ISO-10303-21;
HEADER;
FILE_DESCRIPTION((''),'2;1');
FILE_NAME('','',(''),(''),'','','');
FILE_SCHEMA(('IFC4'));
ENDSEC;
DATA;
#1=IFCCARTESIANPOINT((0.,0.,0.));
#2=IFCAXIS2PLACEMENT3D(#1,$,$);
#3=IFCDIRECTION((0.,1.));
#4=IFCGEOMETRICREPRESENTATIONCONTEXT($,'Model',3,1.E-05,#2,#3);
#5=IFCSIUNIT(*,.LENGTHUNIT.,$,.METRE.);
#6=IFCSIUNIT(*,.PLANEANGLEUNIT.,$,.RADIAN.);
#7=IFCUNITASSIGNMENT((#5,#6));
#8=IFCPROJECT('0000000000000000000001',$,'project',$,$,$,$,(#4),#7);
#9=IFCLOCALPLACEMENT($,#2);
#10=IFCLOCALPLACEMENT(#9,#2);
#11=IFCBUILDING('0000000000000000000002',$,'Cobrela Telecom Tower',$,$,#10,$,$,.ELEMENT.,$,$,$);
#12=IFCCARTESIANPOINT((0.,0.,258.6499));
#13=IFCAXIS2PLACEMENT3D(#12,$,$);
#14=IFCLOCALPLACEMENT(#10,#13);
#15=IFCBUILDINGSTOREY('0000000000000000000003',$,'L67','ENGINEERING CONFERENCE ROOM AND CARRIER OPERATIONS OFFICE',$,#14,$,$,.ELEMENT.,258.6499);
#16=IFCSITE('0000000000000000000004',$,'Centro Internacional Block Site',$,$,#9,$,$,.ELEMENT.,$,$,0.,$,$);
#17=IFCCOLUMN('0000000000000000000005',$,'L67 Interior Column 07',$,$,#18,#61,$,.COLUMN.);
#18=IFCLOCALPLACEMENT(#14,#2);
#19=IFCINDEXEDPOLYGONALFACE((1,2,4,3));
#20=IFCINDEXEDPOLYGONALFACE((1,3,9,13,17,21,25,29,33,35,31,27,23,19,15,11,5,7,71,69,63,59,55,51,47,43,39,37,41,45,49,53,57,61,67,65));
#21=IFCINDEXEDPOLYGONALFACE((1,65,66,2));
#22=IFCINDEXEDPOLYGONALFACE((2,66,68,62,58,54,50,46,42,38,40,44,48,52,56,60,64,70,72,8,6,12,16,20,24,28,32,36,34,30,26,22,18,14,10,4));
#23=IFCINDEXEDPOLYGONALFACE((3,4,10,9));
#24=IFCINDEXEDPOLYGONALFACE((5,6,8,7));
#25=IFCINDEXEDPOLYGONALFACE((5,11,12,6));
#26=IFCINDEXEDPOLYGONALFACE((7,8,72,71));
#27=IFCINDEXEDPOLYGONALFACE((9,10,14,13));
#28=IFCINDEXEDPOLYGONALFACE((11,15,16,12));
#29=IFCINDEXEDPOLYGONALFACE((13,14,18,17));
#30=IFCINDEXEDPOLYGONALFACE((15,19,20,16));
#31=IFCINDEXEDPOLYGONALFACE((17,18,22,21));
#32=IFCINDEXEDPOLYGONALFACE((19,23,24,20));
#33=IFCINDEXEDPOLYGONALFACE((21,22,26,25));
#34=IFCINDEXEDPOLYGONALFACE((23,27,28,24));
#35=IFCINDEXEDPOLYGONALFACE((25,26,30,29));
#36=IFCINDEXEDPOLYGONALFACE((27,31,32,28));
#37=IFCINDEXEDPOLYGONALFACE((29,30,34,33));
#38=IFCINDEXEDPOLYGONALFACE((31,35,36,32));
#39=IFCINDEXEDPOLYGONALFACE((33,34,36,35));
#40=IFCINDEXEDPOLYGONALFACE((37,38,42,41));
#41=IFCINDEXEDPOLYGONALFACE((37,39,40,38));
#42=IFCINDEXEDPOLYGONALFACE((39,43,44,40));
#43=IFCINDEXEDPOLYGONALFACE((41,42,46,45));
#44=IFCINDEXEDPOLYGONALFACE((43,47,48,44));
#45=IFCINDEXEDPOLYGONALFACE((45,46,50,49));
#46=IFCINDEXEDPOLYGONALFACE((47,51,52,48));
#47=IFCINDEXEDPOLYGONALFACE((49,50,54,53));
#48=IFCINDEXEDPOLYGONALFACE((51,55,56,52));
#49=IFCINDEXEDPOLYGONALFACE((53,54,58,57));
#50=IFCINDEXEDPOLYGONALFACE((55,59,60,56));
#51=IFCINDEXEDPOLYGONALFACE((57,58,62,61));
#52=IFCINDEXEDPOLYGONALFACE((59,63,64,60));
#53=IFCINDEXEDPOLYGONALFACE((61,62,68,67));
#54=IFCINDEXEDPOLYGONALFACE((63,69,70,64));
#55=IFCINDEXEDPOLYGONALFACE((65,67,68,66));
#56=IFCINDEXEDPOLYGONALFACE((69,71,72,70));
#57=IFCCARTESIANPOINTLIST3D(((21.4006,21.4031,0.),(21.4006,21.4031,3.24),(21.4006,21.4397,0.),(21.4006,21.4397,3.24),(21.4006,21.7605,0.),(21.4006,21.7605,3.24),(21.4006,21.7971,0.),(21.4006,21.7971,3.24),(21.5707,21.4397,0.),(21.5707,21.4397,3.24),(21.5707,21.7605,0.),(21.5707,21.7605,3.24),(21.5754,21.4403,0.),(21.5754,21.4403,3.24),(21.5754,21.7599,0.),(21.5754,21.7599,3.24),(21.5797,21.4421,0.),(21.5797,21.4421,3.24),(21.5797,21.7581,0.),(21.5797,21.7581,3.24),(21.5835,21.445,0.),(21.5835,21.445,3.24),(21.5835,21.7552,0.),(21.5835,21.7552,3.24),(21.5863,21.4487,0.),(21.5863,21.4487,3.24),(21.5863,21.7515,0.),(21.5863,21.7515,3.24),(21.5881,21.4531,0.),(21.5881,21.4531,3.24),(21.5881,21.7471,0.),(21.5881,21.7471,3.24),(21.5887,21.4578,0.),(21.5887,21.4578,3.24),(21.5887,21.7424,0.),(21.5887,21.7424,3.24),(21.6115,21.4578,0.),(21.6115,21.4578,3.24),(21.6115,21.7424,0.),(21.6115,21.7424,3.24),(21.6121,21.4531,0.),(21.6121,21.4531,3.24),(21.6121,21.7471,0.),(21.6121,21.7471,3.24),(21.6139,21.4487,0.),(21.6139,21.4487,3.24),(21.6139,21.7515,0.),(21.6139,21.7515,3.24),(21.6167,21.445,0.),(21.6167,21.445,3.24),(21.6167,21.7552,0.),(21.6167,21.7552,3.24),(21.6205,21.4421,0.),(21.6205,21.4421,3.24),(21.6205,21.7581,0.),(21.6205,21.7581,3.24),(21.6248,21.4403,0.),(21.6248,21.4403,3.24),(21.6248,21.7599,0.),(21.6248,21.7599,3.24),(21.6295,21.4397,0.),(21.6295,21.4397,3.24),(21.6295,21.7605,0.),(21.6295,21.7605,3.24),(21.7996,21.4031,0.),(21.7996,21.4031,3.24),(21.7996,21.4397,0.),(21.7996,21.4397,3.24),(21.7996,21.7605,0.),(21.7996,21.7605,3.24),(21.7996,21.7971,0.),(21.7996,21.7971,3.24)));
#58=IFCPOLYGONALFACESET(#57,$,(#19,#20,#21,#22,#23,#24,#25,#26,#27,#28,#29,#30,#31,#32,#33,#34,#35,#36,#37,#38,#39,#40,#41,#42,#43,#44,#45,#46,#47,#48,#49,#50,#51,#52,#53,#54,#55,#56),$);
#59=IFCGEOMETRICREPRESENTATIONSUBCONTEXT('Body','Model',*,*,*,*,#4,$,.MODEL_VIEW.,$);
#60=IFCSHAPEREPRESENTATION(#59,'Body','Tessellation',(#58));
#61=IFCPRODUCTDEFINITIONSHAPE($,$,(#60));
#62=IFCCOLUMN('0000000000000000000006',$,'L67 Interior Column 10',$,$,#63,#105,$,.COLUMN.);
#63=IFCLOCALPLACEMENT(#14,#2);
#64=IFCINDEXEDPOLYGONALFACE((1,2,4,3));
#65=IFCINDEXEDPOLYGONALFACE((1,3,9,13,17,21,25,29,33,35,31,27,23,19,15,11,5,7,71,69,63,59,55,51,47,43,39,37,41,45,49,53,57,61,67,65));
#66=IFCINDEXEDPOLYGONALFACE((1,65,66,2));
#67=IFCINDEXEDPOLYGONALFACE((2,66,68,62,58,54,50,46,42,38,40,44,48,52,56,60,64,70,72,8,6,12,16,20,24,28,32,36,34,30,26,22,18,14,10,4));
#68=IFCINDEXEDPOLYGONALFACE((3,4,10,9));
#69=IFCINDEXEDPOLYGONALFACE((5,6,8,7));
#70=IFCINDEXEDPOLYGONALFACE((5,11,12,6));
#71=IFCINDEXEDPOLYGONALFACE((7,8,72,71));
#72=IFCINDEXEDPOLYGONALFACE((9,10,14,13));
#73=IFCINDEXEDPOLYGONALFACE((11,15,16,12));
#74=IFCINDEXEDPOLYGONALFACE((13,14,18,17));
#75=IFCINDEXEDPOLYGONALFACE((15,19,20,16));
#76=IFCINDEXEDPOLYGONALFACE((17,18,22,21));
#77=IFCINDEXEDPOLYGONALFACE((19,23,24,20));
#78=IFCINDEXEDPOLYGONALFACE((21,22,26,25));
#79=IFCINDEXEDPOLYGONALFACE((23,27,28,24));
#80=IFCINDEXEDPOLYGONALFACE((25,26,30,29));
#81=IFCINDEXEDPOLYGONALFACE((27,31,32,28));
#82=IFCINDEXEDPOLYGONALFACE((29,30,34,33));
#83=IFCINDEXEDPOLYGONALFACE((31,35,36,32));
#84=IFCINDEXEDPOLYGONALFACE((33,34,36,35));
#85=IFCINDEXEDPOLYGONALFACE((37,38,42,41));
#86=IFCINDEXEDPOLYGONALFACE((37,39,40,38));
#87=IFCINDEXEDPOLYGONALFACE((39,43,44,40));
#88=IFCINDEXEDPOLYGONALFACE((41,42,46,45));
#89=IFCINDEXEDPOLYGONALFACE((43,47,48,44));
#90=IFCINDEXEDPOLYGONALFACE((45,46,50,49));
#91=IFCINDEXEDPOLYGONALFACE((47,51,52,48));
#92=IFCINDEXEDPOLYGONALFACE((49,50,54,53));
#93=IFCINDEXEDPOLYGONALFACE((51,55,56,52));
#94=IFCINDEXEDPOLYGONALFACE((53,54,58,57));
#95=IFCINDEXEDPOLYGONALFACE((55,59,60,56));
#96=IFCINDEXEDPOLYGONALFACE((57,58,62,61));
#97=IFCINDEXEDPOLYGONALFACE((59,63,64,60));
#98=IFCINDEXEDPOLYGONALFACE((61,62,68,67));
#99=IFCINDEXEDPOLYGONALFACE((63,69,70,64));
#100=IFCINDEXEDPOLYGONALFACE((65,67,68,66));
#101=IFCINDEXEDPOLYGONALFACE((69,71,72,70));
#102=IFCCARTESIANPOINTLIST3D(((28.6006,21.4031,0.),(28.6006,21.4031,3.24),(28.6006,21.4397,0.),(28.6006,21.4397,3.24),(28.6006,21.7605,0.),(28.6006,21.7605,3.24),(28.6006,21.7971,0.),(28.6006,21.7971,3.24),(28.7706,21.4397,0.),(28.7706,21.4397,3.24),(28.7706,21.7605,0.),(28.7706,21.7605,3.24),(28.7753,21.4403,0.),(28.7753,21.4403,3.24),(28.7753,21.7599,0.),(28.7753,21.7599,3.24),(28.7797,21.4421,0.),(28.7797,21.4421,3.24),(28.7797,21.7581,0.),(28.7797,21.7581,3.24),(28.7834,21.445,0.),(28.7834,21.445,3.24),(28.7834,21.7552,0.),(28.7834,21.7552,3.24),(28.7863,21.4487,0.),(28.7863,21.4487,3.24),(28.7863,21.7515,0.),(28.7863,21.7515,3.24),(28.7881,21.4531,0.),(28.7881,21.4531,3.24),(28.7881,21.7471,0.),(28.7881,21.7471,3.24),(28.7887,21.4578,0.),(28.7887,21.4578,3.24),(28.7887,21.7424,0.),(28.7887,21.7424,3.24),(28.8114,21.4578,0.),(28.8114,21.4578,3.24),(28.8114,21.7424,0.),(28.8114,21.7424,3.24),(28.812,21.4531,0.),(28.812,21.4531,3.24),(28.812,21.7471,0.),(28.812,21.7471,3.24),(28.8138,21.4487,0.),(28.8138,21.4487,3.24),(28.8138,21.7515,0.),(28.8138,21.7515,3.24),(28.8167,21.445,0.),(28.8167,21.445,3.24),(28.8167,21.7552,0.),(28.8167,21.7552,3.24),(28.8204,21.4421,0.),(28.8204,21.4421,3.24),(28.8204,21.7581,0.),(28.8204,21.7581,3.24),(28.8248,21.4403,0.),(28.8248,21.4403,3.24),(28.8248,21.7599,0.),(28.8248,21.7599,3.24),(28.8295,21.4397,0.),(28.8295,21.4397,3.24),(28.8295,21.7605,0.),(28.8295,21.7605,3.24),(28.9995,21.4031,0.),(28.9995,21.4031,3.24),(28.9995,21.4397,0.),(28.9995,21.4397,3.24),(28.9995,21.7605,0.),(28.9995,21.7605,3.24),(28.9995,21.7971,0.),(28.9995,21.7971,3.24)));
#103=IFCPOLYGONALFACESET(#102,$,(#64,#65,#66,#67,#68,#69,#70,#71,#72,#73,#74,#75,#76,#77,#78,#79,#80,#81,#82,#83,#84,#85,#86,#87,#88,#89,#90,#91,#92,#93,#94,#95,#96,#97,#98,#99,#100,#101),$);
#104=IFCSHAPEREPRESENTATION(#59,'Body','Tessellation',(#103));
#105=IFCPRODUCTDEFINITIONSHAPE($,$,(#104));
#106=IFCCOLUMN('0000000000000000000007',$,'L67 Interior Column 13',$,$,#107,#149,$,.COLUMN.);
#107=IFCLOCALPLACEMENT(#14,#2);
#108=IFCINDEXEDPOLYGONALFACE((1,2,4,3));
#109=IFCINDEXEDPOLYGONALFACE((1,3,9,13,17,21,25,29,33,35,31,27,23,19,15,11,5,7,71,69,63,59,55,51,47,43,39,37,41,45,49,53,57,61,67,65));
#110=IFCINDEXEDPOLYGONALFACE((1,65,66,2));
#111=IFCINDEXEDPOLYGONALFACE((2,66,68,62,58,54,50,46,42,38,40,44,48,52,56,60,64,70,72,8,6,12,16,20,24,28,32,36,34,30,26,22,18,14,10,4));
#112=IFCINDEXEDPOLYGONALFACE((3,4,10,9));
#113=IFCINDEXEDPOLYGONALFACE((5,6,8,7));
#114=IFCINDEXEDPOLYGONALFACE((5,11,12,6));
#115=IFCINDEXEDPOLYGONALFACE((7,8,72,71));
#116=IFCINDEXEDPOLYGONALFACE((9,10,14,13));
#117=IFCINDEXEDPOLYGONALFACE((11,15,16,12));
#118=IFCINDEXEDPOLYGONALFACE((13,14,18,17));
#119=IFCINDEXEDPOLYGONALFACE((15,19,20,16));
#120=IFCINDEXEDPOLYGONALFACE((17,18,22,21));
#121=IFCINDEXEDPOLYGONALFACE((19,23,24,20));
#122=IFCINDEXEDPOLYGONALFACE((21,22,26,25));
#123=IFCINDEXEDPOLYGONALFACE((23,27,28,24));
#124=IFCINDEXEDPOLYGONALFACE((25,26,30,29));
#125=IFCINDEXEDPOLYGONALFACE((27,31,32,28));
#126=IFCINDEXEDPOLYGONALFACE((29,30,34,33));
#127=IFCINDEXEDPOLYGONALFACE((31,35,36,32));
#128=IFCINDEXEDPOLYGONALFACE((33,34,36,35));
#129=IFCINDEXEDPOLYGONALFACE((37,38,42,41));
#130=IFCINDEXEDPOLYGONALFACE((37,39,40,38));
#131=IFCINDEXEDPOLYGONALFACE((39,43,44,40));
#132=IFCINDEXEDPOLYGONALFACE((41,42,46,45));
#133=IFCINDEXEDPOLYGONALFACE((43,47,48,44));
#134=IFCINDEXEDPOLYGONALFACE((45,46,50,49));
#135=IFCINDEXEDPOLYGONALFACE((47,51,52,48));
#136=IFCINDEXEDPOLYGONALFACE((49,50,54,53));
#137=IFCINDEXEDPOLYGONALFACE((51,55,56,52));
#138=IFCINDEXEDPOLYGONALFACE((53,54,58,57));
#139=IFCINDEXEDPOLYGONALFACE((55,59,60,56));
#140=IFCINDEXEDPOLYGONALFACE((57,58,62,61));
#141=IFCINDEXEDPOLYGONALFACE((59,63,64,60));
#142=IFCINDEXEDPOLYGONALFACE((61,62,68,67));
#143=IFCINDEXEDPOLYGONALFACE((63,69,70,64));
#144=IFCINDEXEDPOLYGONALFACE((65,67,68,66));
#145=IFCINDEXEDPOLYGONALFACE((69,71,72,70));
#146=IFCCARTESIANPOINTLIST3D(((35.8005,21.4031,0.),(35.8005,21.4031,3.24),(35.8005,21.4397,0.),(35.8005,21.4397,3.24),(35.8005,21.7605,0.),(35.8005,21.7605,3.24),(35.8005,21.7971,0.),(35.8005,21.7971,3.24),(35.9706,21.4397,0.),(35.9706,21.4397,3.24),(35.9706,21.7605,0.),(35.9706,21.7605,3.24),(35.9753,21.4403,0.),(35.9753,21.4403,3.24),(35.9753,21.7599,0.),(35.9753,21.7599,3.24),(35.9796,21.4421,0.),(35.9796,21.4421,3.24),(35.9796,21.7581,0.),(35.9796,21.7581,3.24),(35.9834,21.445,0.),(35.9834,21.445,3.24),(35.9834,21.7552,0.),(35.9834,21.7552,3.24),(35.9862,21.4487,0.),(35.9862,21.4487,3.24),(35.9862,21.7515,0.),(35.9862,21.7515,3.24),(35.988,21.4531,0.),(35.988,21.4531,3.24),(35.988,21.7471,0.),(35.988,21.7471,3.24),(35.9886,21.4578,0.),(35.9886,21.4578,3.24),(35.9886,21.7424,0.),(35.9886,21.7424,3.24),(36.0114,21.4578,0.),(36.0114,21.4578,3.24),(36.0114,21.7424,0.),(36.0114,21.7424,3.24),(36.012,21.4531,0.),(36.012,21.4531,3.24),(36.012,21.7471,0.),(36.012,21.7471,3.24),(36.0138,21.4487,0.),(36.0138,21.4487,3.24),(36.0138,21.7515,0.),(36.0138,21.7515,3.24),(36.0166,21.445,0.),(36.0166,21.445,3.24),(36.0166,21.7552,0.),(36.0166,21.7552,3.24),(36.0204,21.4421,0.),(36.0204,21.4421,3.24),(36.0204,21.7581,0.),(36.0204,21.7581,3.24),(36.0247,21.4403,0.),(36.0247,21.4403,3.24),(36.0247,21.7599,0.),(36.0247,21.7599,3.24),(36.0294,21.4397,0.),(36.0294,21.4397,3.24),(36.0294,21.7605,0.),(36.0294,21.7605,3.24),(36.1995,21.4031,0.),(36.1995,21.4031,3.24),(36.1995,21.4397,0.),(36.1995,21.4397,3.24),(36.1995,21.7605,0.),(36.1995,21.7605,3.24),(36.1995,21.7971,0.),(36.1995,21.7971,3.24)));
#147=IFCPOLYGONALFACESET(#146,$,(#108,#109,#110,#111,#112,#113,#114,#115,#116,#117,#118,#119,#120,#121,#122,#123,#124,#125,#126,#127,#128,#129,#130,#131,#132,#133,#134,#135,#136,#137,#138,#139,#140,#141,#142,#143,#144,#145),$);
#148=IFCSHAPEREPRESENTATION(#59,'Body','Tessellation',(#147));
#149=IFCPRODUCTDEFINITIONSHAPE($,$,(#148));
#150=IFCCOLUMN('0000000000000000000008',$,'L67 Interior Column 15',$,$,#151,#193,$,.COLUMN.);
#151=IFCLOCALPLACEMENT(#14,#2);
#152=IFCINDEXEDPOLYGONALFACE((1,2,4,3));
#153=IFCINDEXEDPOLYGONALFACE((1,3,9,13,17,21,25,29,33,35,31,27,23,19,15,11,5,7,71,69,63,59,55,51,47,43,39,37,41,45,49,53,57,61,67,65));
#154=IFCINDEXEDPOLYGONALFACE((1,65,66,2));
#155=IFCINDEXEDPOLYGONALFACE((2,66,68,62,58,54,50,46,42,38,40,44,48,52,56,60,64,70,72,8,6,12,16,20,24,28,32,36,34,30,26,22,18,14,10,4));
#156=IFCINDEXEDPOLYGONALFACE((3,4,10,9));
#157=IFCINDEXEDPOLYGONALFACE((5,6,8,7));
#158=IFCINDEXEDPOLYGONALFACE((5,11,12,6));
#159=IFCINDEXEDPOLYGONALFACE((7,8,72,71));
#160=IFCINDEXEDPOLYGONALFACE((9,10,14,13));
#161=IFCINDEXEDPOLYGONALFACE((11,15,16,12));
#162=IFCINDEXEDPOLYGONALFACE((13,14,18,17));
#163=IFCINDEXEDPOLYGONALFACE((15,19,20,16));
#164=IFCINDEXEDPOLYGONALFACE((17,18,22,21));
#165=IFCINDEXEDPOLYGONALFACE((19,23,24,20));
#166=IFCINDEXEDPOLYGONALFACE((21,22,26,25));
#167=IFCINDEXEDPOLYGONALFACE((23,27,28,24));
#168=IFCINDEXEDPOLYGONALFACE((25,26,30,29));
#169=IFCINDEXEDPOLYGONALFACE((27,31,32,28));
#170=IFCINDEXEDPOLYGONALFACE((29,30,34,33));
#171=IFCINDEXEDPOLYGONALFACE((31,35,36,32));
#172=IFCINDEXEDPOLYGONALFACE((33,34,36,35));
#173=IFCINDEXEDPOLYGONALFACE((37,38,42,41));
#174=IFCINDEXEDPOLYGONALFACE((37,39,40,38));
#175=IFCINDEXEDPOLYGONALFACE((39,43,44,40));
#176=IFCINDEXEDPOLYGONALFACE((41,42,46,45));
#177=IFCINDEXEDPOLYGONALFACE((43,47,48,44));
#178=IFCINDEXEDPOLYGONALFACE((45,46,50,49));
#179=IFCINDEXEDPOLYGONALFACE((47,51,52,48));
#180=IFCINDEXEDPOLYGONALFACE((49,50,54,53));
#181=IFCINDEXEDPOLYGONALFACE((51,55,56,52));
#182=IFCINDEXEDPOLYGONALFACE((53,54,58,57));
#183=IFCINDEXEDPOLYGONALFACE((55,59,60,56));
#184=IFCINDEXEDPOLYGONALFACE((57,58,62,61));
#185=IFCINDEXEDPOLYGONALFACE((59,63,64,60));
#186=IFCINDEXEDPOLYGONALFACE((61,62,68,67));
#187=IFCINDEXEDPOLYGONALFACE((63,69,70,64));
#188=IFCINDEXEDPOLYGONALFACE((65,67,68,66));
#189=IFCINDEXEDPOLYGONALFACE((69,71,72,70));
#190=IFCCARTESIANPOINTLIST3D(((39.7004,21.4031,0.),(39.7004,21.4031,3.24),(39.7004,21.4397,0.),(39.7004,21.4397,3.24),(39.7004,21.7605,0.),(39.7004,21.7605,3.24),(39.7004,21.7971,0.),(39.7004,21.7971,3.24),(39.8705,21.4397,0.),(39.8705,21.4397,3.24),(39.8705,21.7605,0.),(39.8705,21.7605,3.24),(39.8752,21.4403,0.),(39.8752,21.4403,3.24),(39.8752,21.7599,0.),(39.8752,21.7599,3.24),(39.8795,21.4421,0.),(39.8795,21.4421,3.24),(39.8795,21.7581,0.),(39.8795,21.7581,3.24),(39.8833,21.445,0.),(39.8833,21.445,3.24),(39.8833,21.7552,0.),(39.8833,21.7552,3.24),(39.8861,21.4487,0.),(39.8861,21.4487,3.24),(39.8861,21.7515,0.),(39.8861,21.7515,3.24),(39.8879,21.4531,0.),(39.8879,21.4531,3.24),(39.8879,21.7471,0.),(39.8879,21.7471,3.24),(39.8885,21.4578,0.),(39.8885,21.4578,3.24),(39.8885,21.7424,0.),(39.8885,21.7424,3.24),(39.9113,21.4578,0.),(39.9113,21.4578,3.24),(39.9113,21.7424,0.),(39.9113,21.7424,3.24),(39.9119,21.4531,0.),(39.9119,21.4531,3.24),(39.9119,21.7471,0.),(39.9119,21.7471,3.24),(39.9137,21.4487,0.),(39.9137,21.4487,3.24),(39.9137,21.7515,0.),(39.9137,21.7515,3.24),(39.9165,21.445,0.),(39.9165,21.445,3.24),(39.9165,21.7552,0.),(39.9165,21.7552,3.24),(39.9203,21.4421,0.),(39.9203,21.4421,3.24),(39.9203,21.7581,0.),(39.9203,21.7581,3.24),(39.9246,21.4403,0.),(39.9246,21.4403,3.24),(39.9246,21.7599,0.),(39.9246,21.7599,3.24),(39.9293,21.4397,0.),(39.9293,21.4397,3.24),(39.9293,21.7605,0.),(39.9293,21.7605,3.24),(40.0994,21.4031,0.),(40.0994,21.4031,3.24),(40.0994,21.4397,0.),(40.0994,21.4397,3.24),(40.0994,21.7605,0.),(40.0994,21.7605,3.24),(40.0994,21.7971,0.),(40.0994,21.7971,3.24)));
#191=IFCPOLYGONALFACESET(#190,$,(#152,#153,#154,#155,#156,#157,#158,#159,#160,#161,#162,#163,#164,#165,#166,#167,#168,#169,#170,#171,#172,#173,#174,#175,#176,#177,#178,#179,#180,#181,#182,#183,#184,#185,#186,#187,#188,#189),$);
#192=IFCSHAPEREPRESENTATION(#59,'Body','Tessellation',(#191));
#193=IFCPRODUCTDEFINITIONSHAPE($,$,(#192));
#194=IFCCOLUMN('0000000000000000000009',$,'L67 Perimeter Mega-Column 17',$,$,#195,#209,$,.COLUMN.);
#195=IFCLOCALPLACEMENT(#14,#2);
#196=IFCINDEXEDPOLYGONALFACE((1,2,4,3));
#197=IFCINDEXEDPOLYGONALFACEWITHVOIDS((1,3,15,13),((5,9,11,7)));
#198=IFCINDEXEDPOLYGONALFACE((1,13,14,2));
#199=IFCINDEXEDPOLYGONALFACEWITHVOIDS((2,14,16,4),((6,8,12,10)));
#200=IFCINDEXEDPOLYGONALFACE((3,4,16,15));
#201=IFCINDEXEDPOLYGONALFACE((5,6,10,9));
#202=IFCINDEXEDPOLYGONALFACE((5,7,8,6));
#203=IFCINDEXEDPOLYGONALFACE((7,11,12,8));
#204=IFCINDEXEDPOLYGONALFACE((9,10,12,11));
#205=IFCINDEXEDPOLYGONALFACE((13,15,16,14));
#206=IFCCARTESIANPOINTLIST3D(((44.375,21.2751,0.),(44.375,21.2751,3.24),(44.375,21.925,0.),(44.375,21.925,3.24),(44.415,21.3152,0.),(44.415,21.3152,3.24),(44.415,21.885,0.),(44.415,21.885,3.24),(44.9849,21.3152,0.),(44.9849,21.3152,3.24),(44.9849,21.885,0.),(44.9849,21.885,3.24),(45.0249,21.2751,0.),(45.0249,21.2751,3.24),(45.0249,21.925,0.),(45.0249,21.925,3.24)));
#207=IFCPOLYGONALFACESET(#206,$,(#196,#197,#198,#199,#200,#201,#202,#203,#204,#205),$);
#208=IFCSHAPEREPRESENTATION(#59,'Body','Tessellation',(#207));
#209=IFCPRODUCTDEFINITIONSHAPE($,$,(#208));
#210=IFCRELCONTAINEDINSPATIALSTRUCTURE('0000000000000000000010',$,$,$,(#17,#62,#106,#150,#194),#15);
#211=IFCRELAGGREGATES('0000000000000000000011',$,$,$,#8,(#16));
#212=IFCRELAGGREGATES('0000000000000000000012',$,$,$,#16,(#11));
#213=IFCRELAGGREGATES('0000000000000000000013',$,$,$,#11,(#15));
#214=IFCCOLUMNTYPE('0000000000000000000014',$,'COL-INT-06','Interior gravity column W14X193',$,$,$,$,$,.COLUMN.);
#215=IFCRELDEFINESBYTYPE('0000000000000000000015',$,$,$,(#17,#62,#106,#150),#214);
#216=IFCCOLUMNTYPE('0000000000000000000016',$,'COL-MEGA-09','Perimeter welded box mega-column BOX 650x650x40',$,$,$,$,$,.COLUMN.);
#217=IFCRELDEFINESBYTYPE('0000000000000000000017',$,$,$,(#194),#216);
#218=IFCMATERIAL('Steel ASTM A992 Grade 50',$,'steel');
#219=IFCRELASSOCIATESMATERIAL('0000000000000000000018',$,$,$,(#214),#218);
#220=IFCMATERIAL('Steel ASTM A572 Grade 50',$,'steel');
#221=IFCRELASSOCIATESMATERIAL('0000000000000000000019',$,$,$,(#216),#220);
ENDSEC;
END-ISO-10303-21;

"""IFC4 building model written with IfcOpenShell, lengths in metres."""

from ifc_helpers import new_model, si_unit, direction, frame, origin, origin_2d, place, context, subcontext, project, spatial, hollow_rectangle, i_section, extrude, material, material_profile, profile_set, type_object, element, save


model = new_model("IFC4")

# Units and contexts
model_context = context("Model", 3, precision=1e-05, world=origin(), true_north=direction((0.0, 1.0)))
body_context = subcontext(model_context, "Body", "Model", "MODEL_VIEW")
ifc_project = project(units=[si_unit("LENGTHUNIT", "METRE"), si_unit("PLANEANGLEUNIT", "RADIAN")], contexts=[model_context])

# Site, building, storey
site_placement = place(None, origin())
site = spatial("IfcSite", under=ifc_project, at=site_placement, Name="Centro Internacional Block Site", CompositionType="ELEMENT", RefElevation=0.0)
building_placement = place(site_placement, origin())
building = spatial("IfcBuilding", under=site, at=building_placement, Name="Cobrela Telecom Tower", CompositionType="ELEMENT")
storey_placement = place(building_placement, frame((0.0, 0.0, 258.6499)))
storey = spatial("IfcBuildingStorey", under=building, at=storey_placement, Name="L67", Description="ENGINEERING CONFERENCE ROOM AND CARRIER OPERATIONS OFFICE", CompositionType="ELEMENT", Elevation=258.6499)

# Columns
ifc_material_1 = material(Name="Steel ASTM A992 Grade 50", Category="steel")
ifc_material_profile_1 = material_profile(ifc_material_1, i_section(OverallWidth=0.3989, OverallDepth=0.394, WebThickness=0.0227, FlangeThickness=0.0366, FilletRadius=0.0181, at=origin_2d()), Name="W14X193")
ifc_profile_set_1 = profile_set([ifc_material_profile_1], Name="Steel ASTM A992 Grade 50")
column_type_1 = type_object("IfcColumnType", Name="COL-INT-06", Description="Interior gravity column W14X193", PredefinedType="COLUMN", material=ifc_profile_set_1)
for number, where, z_axis, x_axis, name in (
    (1, (21.6001, 21.6001, 0.0), (0.0, 0.0, 1.0), (1.0, 0.0, 0.0), "L67 Interior Column 07"),
    (2, (28.8, 21.6001, 0.0), (0.0, 0.0, 1.0), (1.0, 0.0, 0.0), "L67 Interior Column 10"),
    (3, (36.0, 21.6001, 0.0), (0.0, 0.0, 1.0), (1.0, 0.0, 0.0), "L67 Interior Column 13"),
    (4, (39.8999, 21.6001, 0.0), (0.0, 0.0, 1.0), (1.0, 0.0, 0.0), "L67 Interior Column 15"),
):
    element("IfcColumn", number, at=place(storey_placement, frame(where, z_axis=z_axis, x_axis=x_axis)), inside=storey, type_object=column_type_1, Name=name, PredefinedType="COLUMN", context=body_context, shape_type="SweptSolid", body=[
        extrude(i_section(OverallWidth=0.3989, OverallDepth=0.394, WebThickness=0.0227, FlangeThickness=0.0366, FilletRadius=0.0181, at=origin_2d()), origin(), (0.0, 0.0, 1.0), 3.24),
    ])
ifc_material_2 = material(Name="Steel ASTM A572 Grade 50", Category="steel")
ifc_material_profile_2 = material_profile(ifc_material_2, hollow_rectangle(XDim=0.6499, YDim=0.6499, WallThickness=0.04, at=origin_2d()), Name="BOX 650x650x40")
ifc_profile_set_2 = profile_set([ifc_material_profile_2], Name="Steel ASTM A572 Grade 50")
column_type_2 = type_object("IfcColumnType", Name="COL-MEGA-09", Description="Perimeter welded box mega-column BOX 650x650x40", PredefinedType="COLUMN", material=ifc_profile_set_2)
column_placement = place(storey_placement, frame((44.7, 21.6001, 0.0), z_axis=(0.0, 0.0, 1.0), x_axis=(1.0, 0.0, 0.0)))
element("IfcColumn", 5, at=column_placement, inside=storey, type_object=column_type_2, Name="L67 Perimeter Mega-Column 17", PredefinedType="COLUMN", context=body_context, shape_type="SweptSolid", body=[
    extrude(hollow_rectangle(XDim=0.6499, YDim=0.6499, WallThickness=0.04, at=origin_2d()), origin(), (0.0, 0.0, 1.0), 3.24),
])

save(model, "model.ifc")
